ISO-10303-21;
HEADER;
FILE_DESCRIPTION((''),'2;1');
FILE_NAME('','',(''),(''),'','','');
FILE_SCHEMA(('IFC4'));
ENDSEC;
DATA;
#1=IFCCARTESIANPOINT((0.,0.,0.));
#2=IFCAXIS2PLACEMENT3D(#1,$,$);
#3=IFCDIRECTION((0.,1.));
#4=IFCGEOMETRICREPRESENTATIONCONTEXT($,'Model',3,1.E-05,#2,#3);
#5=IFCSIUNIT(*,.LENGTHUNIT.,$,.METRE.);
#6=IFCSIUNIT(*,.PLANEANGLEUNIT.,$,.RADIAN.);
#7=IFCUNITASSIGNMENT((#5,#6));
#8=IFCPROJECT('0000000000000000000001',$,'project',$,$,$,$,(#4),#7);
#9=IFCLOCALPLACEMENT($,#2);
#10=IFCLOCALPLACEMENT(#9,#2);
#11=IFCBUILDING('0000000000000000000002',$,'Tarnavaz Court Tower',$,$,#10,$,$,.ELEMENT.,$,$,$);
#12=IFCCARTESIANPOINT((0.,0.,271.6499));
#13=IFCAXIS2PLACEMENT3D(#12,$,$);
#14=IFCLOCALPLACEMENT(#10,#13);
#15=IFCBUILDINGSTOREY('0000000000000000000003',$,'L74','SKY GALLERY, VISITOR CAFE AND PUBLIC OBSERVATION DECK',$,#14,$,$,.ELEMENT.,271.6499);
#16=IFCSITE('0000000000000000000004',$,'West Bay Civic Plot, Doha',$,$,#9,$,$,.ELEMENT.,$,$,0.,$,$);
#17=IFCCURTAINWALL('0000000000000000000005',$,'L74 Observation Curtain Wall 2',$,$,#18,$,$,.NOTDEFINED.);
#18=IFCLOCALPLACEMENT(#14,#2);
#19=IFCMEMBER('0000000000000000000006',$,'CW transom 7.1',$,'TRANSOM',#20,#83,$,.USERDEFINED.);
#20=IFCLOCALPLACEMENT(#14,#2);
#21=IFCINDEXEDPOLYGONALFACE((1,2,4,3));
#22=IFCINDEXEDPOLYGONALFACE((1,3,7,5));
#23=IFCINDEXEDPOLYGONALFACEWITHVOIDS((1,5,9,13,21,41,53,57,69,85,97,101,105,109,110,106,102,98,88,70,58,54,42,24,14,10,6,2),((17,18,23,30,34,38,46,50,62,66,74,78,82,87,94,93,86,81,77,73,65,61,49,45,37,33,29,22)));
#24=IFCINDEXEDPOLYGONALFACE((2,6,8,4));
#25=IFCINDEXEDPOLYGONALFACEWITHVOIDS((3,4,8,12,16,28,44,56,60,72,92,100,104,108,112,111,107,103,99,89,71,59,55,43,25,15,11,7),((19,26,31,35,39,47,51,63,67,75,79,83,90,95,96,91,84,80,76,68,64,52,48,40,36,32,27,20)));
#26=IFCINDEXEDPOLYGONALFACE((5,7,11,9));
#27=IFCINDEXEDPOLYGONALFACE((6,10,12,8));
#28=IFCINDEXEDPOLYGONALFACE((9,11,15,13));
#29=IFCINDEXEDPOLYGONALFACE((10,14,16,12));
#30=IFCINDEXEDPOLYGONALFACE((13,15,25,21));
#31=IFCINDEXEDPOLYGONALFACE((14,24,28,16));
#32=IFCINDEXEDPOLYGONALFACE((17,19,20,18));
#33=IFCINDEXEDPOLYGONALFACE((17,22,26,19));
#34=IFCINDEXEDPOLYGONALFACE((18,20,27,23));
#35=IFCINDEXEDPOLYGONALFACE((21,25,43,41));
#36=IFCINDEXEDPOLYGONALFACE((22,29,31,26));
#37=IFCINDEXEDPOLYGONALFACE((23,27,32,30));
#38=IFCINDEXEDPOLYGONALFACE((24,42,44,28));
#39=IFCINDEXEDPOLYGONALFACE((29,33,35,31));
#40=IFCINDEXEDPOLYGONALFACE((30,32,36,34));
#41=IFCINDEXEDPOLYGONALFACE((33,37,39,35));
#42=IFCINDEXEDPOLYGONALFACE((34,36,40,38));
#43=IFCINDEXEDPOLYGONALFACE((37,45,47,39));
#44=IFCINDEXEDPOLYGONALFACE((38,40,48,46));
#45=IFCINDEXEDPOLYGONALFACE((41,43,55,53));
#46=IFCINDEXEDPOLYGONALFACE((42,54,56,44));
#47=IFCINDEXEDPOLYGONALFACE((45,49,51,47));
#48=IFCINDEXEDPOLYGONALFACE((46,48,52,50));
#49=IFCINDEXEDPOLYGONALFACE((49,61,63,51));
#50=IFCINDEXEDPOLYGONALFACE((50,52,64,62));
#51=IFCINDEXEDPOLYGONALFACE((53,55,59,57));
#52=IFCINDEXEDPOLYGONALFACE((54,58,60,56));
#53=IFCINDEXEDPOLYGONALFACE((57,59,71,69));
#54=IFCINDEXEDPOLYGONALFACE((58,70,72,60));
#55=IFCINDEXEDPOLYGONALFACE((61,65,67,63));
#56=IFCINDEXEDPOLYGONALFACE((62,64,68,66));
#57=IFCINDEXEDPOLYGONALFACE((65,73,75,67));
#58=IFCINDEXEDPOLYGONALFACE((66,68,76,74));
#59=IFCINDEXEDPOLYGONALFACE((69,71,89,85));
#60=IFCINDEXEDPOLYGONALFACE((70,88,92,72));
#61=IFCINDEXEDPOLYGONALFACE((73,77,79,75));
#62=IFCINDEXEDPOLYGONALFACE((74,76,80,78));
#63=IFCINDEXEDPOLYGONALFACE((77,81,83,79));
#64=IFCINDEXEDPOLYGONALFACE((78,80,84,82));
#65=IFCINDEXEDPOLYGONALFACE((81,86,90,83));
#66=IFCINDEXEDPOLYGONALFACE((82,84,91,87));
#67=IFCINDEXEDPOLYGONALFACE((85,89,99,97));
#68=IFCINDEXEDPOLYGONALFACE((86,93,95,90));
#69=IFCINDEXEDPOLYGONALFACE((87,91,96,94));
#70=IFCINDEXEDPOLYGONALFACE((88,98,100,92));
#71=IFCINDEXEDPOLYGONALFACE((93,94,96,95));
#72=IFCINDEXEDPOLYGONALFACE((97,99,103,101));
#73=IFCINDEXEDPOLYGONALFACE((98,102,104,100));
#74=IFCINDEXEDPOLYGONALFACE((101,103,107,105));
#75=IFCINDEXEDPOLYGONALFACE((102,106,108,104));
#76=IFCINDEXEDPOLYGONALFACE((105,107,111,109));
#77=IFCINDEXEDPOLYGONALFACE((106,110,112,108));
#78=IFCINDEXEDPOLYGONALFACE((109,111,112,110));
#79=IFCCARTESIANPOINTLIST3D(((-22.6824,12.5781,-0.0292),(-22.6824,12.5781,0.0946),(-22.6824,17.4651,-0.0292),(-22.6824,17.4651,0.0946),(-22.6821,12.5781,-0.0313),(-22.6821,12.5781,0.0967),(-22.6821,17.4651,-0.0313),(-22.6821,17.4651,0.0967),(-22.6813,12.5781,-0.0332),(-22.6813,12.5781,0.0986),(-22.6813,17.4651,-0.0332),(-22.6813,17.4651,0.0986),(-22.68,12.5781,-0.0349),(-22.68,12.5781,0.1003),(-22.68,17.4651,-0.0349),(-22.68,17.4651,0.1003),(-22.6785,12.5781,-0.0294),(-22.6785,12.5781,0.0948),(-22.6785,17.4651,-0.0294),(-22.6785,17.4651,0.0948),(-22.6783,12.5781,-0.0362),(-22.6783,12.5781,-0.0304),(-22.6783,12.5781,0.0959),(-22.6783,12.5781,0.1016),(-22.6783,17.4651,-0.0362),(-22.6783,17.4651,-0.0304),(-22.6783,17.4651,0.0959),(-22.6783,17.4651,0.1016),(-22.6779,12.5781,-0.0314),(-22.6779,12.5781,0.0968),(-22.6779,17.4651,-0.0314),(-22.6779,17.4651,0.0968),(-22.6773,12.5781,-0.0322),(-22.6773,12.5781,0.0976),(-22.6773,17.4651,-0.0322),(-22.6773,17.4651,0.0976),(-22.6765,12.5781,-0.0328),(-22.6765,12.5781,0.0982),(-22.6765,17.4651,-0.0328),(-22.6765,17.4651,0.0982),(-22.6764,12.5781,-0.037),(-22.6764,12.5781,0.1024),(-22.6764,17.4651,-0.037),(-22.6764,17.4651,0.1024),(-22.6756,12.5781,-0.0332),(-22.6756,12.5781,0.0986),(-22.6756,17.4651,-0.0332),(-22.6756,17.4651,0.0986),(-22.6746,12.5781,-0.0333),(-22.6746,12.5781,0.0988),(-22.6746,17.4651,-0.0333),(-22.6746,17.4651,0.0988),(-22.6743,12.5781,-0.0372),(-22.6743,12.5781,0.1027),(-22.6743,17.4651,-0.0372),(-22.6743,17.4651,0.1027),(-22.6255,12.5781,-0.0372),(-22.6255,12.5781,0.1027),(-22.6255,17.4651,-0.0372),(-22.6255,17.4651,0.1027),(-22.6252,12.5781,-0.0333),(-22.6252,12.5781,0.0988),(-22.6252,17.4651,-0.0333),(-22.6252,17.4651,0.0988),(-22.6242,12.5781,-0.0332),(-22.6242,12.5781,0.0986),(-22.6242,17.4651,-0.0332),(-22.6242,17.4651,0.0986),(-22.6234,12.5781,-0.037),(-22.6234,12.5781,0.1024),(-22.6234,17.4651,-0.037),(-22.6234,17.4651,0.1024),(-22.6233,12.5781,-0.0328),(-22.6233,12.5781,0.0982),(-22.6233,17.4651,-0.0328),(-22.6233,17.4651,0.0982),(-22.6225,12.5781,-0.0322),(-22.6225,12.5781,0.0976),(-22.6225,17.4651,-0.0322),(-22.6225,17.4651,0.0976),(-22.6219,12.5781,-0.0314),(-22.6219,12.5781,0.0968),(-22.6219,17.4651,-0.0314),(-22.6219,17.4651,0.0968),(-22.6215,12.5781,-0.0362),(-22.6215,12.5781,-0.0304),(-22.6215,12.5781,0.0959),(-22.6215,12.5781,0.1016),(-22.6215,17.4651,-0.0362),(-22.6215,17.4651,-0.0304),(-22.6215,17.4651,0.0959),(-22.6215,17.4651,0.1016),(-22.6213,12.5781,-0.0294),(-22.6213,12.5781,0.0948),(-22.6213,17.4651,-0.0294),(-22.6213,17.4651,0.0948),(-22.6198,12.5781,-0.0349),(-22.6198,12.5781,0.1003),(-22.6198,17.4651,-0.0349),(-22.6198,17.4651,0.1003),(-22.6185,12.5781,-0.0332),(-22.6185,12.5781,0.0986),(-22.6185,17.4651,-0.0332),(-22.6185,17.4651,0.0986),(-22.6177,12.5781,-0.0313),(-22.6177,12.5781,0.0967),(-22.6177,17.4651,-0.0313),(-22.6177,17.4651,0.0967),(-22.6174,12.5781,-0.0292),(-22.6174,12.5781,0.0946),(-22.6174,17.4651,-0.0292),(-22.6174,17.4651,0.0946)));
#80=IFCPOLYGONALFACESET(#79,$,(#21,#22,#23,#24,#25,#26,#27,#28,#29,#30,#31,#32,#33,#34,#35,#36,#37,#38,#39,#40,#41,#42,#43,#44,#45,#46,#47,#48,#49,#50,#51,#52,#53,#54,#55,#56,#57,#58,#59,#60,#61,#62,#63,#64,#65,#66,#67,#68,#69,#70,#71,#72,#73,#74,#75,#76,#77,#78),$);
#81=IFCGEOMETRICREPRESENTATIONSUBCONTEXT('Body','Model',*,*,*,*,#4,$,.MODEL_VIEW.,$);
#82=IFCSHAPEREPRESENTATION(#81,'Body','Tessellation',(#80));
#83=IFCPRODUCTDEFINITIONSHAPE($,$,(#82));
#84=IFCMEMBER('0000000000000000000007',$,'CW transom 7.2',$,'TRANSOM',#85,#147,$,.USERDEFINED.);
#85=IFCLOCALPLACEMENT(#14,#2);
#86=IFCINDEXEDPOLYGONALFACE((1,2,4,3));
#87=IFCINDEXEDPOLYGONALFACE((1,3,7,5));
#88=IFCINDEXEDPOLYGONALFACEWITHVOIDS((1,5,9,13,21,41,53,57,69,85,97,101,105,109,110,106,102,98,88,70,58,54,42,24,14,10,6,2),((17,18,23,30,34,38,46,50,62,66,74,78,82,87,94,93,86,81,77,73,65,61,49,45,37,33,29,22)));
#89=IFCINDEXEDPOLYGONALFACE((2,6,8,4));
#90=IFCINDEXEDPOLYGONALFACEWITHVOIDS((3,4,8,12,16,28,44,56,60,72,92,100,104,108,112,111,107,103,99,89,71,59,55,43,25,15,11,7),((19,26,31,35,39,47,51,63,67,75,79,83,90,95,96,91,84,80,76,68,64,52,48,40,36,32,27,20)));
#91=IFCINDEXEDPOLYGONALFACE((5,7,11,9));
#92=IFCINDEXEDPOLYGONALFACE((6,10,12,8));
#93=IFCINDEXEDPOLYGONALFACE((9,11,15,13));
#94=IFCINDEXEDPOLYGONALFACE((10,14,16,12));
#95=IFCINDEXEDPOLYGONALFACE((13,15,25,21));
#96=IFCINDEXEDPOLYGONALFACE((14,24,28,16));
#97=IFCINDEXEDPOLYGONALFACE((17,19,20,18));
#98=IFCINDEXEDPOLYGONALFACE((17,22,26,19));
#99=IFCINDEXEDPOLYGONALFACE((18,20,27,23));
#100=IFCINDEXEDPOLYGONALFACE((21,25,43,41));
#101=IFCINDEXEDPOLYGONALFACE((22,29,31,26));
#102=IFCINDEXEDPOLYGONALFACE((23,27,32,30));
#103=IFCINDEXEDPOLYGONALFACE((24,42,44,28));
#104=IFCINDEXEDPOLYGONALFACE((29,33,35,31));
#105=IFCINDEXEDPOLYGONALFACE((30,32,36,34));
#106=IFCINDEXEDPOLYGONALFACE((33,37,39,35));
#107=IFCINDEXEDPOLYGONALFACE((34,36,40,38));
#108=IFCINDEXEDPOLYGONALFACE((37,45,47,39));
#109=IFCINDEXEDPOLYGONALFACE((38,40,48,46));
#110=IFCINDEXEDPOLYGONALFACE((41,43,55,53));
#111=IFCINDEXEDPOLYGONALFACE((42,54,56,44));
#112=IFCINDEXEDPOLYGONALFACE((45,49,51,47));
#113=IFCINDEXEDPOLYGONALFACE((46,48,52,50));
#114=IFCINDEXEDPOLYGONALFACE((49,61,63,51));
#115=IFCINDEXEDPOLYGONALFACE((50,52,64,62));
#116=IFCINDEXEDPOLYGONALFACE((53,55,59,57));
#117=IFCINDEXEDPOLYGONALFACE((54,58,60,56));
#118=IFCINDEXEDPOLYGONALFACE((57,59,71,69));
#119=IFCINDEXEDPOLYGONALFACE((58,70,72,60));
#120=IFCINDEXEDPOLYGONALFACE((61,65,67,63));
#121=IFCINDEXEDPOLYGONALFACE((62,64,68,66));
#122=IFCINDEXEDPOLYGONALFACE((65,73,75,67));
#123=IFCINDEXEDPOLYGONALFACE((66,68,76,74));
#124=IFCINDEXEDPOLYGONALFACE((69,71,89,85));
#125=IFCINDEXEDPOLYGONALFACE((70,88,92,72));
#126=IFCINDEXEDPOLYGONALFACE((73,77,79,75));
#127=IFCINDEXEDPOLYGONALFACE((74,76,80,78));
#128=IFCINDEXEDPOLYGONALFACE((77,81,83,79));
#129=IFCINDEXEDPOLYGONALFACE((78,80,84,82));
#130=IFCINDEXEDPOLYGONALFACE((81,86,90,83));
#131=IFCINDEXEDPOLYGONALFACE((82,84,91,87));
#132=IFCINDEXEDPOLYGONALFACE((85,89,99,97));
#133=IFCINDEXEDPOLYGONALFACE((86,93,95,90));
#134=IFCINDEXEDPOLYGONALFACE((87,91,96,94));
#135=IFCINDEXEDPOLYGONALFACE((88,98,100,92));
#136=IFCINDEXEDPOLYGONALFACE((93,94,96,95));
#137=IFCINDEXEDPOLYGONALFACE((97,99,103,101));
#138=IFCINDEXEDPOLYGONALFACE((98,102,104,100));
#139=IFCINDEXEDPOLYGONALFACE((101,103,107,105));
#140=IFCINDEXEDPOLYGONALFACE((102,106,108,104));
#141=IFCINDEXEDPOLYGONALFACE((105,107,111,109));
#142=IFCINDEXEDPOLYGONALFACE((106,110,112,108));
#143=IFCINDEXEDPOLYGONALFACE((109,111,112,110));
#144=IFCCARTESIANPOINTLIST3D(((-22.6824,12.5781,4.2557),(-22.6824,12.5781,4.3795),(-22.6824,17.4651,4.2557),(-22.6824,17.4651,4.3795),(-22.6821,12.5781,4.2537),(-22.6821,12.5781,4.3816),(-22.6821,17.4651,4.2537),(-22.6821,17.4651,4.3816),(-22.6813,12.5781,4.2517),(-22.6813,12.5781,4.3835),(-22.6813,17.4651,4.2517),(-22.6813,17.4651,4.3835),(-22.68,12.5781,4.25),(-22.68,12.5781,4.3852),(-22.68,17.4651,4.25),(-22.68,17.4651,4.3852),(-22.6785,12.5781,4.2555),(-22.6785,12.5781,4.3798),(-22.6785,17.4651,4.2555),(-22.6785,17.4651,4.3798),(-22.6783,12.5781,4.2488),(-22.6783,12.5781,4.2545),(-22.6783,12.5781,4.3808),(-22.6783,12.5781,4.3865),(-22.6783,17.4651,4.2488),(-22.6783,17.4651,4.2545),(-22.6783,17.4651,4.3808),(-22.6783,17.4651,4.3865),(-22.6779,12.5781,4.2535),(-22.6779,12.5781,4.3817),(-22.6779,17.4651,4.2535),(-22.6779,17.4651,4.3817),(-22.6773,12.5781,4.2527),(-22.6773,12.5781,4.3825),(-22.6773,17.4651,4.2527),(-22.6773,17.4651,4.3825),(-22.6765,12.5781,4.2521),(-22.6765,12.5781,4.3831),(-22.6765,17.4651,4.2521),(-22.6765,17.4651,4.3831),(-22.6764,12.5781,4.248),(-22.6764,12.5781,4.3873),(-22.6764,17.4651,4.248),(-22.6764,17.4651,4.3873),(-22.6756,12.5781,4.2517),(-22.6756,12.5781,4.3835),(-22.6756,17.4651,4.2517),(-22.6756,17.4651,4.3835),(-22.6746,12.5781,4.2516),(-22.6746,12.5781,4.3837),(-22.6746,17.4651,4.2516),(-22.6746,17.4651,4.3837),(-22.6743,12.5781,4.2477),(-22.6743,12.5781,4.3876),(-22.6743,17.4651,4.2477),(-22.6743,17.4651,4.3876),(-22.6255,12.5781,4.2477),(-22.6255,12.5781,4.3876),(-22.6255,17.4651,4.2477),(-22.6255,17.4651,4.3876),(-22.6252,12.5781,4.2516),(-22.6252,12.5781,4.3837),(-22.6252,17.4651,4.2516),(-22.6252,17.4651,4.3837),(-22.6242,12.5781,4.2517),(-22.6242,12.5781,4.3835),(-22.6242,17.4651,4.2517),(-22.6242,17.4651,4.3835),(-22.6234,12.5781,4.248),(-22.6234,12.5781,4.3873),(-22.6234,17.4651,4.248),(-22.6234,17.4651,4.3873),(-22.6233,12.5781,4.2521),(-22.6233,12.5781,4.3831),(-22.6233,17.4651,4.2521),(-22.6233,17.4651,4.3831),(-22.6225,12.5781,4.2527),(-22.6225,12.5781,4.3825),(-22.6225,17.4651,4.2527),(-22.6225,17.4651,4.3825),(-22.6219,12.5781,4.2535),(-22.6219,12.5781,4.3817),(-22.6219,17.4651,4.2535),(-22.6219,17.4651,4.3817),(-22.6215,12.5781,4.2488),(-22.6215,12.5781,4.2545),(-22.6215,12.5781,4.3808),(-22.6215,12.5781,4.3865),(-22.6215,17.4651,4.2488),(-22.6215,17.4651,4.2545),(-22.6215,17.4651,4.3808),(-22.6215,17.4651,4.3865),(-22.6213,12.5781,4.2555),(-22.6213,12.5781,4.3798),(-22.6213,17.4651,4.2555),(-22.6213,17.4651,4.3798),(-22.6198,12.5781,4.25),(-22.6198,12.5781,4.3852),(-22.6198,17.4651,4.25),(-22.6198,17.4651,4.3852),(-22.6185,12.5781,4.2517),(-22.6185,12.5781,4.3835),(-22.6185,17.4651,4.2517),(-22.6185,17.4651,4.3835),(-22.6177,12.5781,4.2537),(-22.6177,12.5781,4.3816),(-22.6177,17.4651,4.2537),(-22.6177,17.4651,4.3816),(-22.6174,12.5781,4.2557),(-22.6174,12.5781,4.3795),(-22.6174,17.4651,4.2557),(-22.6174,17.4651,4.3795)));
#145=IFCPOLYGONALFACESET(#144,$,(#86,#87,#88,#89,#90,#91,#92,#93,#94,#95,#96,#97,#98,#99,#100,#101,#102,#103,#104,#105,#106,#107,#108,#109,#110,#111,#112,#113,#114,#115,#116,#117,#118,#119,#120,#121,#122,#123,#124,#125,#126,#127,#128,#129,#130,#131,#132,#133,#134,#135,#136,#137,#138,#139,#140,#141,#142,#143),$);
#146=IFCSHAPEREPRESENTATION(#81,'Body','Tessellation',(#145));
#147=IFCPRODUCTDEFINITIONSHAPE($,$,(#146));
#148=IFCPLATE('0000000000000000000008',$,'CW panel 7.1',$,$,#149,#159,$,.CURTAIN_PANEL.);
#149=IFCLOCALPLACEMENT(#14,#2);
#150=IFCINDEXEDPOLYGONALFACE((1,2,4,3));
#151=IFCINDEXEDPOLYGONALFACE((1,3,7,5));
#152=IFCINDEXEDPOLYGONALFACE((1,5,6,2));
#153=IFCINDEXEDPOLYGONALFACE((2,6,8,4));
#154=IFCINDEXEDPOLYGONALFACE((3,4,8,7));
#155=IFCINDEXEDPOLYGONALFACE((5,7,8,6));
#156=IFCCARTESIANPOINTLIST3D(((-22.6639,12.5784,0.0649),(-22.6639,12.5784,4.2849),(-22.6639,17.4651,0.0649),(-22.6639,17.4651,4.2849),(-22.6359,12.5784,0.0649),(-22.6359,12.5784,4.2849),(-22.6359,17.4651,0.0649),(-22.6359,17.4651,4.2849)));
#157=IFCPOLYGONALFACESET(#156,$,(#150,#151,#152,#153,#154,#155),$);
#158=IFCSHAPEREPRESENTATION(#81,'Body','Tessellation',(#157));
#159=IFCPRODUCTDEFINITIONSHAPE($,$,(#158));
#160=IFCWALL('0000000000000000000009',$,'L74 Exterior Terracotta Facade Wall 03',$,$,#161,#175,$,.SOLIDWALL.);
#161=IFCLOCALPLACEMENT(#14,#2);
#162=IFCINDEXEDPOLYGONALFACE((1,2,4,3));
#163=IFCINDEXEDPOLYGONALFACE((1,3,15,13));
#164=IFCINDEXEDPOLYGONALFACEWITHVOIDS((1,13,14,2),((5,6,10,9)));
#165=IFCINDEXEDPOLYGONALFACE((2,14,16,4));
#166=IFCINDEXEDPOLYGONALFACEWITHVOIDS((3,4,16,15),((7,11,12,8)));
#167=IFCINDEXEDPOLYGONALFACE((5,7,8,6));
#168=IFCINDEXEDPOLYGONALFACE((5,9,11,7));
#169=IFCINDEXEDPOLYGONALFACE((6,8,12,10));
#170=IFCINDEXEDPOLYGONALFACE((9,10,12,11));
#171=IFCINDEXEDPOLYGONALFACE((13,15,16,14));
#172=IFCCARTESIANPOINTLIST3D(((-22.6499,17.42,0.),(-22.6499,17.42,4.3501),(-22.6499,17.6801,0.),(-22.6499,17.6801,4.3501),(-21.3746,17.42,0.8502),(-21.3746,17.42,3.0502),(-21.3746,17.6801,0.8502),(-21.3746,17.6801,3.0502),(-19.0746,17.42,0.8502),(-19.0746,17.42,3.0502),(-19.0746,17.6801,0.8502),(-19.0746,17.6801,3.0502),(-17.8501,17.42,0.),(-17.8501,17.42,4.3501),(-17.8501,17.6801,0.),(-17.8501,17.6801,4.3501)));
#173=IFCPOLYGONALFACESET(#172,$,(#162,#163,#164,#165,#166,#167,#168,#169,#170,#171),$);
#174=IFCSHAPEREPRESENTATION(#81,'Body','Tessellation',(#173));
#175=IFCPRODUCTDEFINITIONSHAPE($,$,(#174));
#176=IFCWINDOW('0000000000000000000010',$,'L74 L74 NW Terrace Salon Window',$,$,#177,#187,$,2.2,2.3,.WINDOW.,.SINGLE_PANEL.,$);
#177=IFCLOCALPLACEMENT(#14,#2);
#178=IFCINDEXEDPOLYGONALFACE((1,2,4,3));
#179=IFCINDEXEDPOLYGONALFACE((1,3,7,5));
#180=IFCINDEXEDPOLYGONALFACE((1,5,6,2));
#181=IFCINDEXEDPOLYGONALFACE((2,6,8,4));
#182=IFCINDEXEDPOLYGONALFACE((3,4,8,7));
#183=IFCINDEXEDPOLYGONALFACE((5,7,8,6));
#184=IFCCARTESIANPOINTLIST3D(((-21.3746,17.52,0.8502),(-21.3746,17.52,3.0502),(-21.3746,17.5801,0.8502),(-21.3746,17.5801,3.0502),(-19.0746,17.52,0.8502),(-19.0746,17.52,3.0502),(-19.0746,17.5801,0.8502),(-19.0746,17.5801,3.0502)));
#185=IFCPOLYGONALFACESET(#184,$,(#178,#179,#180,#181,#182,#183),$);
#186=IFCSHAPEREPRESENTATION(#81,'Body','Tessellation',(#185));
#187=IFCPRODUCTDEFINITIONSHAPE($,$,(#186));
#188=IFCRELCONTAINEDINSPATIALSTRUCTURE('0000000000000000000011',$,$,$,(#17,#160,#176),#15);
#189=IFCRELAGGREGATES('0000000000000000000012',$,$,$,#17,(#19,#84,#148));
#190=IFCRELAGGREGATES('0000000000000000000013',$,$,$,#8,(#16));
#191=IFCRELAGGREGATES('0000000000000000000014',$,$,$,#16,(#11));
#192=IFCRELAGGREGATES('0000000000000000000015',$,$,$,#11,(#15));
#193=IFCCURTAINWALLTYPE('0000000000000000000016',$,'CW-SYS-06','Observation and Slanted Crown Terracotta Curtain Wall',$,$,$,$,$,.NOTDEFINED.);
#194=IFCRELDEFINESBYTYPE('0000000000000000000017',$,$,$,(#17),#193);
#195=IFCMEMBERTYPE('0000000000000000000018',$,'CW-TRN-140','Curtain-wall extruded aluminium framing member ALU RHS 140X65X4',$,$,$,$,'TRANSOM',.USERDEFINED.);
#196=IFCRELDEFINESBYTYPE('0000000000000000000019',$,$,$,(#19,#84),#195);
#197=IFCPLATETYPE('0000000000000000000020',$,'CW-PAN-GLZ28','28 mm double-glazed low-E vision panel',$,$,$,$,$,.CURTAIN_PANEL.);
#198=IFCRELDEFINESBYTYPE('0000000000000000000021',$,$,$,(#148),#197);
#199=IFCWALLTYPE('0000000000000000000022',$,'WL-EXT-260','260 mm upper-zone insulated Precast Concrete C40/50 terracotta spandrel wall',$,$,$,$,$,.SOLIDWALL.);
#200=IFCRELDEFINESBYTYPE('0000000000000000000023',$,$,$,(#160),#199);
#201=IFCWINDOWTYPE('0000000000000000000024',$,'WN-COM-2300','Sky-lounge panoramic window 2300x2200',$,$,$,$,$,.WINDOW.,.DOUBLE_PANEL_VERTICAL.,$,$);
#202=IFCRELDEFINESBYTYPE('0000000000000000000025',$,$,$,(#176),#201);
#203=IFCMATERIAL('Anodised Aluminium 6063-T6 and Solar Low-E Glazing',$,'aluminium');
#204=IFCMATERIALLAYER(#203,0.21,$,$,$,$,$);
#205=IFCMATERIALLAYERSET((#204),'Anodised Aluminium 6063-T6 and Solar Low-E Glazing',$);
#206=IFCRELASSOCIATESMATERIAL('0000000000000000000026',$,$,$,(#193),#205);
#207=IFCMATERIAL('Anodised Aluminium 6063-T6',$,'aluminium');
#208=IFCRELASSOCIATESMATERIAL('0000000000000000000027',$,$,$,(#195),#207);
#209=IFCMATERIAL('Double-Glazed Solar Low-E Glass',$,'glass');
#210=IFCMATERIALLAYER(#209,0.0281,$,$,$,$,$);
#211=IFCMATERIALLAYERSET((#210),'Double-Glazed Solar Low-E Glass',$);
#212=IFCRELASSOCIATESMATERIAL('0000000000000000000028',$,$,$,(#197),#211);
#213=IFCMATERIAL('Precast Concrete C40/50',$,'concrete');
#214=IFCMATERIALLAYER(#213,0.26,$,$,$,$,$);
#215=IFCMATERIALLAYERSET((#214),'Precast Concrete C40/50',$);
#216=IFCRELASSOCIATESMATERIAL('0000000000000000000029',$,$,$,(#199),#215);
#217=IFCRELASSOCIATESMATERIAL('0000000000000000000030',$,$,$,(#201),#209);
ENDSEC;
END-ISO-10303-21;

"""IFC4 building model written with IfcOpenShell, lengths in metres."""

from ifc_helpers import new_model, si_unit, direction, frame, frame_2d, origin, origin_2d, place, context, subcontext, project, spatial, rectangle, hollow_rectangle, extrude, material, layer, layer_set, material_profile, profile_set, type_object, element, fill, aggregate, save


model = new_model("IFC4")

# Units and contexts
model_context = context("Model", 3, precision=1e-05, world=origin(), true_north=direction((0.0, 1.0)))
body_context = subcontext(model_context, "Body", "Model", "MODEL_VIEW")
ifc_project = project(units=[si_unit("LENGTHUNIT", "METRE"), si_unit("PLANEANGLEUNIT", "RADIAN")], contexts=[model_context])

# Site, building, storey
site_placement = place(None, origin())
site = spatial("IfcSite", under=ifc_project, at=site_placement, Name="West Bay Civic Plot, Doha", CompositionType="ELEMENT", RefElevation=0.0)
building_placement = place(site_placement, origin())
building = spatial("IfcBuilding", under=site, at=building_placement, Name="Tarnavaz Court Tower", CompositionType="ELEMENT")
storey_placement = place(building_placement, frame((0.0, 0.0, 271.6499)))
storey = spatial("IfcBuildingStorey", under=building, at=storey_placement, Name="L74", Description="SKY GALLERY, VISITOR CAFE AND PUBLIC OBSERVATION DECK", CompositionType="ELEMENT", Elevation=271.6499)

# Curtain wall, members, plate
ifc_material_1 = material(Name="Anodised Aluminium 6063-T6 and Solar Low-E Glazing", Category="aluminium")
ifc_layer_1 = layer(ifc_material_1, 0.21)
ifc_layer_set_1 = layer_set([ifc_layer_1], Name="Anodised Aluminium 6063-T6 and Solar Low-E Glazing")
curtain_wall_type = type_object("IfcCurtainWallType", Name="CW-SYS-06", Description="Observation and Slanted Crown Terracotta Curtain Wall", PredefinedType="NOTDEFINED", material=ifc_layer_set_1)
curtain_wall_placement = place(storey_placement, origin())
curtain_wall = element("IfcCurtainWall", 1, at=curtain_wall_placement, inside=storey, type_object=curtain_wall_type, Name="L74 Observation Curtain Wall 2", PredefinedType="NOTDEFINED")
ifc_material_2 = material(Name="Anodised Aluminium 6063-T6", Category="aluminium")
ifc_material_profile_1 = material_profile(ifc_material_2, hollow_rectangle(XDim=0.0649, YDim=0.1399, WallThickness=0.0039, InnerFilletRadius=0.0039, OuterFilletRadius=0.0081, at=origin_2d()), Name="ALU RHS 140X65X4")
ifc_profile_set_1 = profile_set([ifc_material_profile_1], Name="Anodised Aluminium 6063-T6")
member_type_1 = type_object("IfcMemberType", Name="CW-TRN-140", Description="Curtain-wall extruded aluminium framing member ALU RHS 140X65X4", ElementType="TRANSOM", PredefinedType="USERDEFINED", material=ifc_profile_set_1)
member_1_placement = place(storey_placement, frame((-22.6499, 12.5781, 0.0327), z_axis=(0.0, 1.0, 0.0), x_axis=(-1.0, 0.0, 0.0)))
member_1 = element("IfcMember", 2, at=member_1_placement, type_object=member_type_1, Name="CW transom 7.1", ObjectType="TRANSOM", PredefinedType="USERDEFINED", context=body_context, shape_type="SweptSolid", body=[
    extrude(hollow_rectangle(XDim=0.0649, YDim=0.1399, WallThickness=0.0039, InnerFilletRadius=0.0039, OuterFilletRadius=0.0081, at=origin_2d()), origin(), (0.0, 0.0, 1.0), 4.887),
])
member_2_placement = place(storey_placement, frame((-22.6499, 12.5781, 4.3176), z_axis=(0.0, 1.0, 0.0), x_axis=(-1.0, 0.0, 0.0)))
member_2 = element("IfcMember", 3, at=member_2_placement, type_object=member_type_1, Name="CW transom 7.2", ObjectType="TRANSOM", PredefinedType="USERDEFINED", context=body_context, shape_type="SweptSolid", body=[
    extrude(hollow_rectangle(XDim=0.0649, YDim=0.1399, WallThickness=0.0039, InnerFilletRadius=0.0039, OuterFilletRadius=0.0081, at=origin_2d()), origin(), (0.0, 0.0, 1.0), 4.887),
])
ifc_material_3 = material(Name="Double-Glazed Solar Low-E Glass", Category="glass")
ifc_layer_2 = layer(ifc_material_3, 0.0281)
ifc_layer_set_2 = layer_set([ifc_layer_2], Name="Double-Glazed Solar Low-E Glass")
plate_type = type_object("IfcPlateType", Name="CW-PAN-GLZ28", Description="28 mm double-glazed low-E vision panel", PredefinedType="CURTAIN_PANEL", material=ifc_layer_set_2)
plate_placement = place(storey_placement, frame((-22.6499, 15.0217, 0.0649), z_axis=(0.0, 0.0, 1.0), x_axis=(0.0, 1.0, 0.0)))
plate = element("IfcPlate", 4, at=plate_placement, type_object=plate_type, Name="CW panel 7.1", PredefinedType="CURTAIN_PANEL", context=body_context, shape_type="SweptSolid", body=[
    extrude(rectangle(XDim=4.8867, YDim=0.0281, at=origin_2d()), origin(), (0.0, 0.0, 1.0), 4.22),
])
aggregate(curtain_wall, [member_1, member_2, plate])

# Wall, opening, window
ifc_material_4 = material(Name="Precast Concrete C40/50", Category="concrete")
ifc_layer_3 = layer(ifc_material_4, 0.26)
ifc_layer_set_3 = layer_set([ifc_layer_3], Name="Precast Concrete C40/50")
wall_type_1 = type_object("IfcWallType", Name="WL-EXT-260", Description="260 mm upper-zone insulated Precast Concrete C40/50 terracotta spandrel wall", PredefinedType="SOLIDWALL", material=ifc_layer_set_3)
wall_1_placement = place(storey_placement, frame((-22.6499, 17.55, 0.0), z_axis=(0.0, 0.0, 1.0), x_axis=(1.0, 0.0, 0.0)))
wall_1 = element("IfcWall", 5, at=wall_1_placement, inside=storey, type_object=wall_type_1, Name="L74 Exterior Terracotta Facade Wall 03", PredefinedType="SOLIDWALL", context=body_context, shape_type="SweptSolid", body=[
    extrude(rectangle(XDim=4.7998, YDim=0.26, at=frame_2d((2.3999, 0.0))), origin(), (0.0, 0.0, 1.0), 4.3501),
])
opening_1_placement = place(wall_1_placement, frame((1.2754, 0.0, 0.8501)))
opening_1 = element("IfcOpeningElement", 6, at=opening_1_placement, cuts=wall_1, PredefinedType="OPENING", context=body_context, shape_type="SweptSolid", body=[
    extrude(rectangle(XDim=2.3, YDim=2.2, at=frame_2d((1.1499, 1.1001))), frame((0.0, 0.1399, 0.0), z_axis=(0.0, -1.0, 0.0), x_axis=(1.0, 0.0, 0.0)), (0.0, 0.0, 1.0), 0.28),
])
window_type = type_object("IfcWindowType", Name="WN-COM-2300", Description="Sky-lounge panoramic window 2300x2200", PartitioningType="DOUBLE_PANEL_VERTICAL", PredefinedType="WINDOW", material=ifc_material_3)
window_1_placement = place(opening_1_placement, origin())
window_1 = element("IfcWindow", 7, at=window_1_placement, inside=storey, type_object=window_type, Name="L74 L74 NW Terrace Salon Window", OverallHeight=2.2, OverallWidth=2.3, PartitioningType="SINGLE_PANEL", PredefinedType="WINDOW", context=body_context, shape_type="SweptSolid", body=[
    extrude(rectangle(XDim=2.3, YDim=2.2, at=frame_2d((1.1499, 1.1001))), frame((0.0, 0.03, 0.0), z_axis=(0.0, -1.0, 0.0), x_axis=(1.0, 0.0, 0.0)), (0.0, 0.0, 1.0), 0.0601),
])
fill(opening_1, window_1)

save(model, "model.ifc")
